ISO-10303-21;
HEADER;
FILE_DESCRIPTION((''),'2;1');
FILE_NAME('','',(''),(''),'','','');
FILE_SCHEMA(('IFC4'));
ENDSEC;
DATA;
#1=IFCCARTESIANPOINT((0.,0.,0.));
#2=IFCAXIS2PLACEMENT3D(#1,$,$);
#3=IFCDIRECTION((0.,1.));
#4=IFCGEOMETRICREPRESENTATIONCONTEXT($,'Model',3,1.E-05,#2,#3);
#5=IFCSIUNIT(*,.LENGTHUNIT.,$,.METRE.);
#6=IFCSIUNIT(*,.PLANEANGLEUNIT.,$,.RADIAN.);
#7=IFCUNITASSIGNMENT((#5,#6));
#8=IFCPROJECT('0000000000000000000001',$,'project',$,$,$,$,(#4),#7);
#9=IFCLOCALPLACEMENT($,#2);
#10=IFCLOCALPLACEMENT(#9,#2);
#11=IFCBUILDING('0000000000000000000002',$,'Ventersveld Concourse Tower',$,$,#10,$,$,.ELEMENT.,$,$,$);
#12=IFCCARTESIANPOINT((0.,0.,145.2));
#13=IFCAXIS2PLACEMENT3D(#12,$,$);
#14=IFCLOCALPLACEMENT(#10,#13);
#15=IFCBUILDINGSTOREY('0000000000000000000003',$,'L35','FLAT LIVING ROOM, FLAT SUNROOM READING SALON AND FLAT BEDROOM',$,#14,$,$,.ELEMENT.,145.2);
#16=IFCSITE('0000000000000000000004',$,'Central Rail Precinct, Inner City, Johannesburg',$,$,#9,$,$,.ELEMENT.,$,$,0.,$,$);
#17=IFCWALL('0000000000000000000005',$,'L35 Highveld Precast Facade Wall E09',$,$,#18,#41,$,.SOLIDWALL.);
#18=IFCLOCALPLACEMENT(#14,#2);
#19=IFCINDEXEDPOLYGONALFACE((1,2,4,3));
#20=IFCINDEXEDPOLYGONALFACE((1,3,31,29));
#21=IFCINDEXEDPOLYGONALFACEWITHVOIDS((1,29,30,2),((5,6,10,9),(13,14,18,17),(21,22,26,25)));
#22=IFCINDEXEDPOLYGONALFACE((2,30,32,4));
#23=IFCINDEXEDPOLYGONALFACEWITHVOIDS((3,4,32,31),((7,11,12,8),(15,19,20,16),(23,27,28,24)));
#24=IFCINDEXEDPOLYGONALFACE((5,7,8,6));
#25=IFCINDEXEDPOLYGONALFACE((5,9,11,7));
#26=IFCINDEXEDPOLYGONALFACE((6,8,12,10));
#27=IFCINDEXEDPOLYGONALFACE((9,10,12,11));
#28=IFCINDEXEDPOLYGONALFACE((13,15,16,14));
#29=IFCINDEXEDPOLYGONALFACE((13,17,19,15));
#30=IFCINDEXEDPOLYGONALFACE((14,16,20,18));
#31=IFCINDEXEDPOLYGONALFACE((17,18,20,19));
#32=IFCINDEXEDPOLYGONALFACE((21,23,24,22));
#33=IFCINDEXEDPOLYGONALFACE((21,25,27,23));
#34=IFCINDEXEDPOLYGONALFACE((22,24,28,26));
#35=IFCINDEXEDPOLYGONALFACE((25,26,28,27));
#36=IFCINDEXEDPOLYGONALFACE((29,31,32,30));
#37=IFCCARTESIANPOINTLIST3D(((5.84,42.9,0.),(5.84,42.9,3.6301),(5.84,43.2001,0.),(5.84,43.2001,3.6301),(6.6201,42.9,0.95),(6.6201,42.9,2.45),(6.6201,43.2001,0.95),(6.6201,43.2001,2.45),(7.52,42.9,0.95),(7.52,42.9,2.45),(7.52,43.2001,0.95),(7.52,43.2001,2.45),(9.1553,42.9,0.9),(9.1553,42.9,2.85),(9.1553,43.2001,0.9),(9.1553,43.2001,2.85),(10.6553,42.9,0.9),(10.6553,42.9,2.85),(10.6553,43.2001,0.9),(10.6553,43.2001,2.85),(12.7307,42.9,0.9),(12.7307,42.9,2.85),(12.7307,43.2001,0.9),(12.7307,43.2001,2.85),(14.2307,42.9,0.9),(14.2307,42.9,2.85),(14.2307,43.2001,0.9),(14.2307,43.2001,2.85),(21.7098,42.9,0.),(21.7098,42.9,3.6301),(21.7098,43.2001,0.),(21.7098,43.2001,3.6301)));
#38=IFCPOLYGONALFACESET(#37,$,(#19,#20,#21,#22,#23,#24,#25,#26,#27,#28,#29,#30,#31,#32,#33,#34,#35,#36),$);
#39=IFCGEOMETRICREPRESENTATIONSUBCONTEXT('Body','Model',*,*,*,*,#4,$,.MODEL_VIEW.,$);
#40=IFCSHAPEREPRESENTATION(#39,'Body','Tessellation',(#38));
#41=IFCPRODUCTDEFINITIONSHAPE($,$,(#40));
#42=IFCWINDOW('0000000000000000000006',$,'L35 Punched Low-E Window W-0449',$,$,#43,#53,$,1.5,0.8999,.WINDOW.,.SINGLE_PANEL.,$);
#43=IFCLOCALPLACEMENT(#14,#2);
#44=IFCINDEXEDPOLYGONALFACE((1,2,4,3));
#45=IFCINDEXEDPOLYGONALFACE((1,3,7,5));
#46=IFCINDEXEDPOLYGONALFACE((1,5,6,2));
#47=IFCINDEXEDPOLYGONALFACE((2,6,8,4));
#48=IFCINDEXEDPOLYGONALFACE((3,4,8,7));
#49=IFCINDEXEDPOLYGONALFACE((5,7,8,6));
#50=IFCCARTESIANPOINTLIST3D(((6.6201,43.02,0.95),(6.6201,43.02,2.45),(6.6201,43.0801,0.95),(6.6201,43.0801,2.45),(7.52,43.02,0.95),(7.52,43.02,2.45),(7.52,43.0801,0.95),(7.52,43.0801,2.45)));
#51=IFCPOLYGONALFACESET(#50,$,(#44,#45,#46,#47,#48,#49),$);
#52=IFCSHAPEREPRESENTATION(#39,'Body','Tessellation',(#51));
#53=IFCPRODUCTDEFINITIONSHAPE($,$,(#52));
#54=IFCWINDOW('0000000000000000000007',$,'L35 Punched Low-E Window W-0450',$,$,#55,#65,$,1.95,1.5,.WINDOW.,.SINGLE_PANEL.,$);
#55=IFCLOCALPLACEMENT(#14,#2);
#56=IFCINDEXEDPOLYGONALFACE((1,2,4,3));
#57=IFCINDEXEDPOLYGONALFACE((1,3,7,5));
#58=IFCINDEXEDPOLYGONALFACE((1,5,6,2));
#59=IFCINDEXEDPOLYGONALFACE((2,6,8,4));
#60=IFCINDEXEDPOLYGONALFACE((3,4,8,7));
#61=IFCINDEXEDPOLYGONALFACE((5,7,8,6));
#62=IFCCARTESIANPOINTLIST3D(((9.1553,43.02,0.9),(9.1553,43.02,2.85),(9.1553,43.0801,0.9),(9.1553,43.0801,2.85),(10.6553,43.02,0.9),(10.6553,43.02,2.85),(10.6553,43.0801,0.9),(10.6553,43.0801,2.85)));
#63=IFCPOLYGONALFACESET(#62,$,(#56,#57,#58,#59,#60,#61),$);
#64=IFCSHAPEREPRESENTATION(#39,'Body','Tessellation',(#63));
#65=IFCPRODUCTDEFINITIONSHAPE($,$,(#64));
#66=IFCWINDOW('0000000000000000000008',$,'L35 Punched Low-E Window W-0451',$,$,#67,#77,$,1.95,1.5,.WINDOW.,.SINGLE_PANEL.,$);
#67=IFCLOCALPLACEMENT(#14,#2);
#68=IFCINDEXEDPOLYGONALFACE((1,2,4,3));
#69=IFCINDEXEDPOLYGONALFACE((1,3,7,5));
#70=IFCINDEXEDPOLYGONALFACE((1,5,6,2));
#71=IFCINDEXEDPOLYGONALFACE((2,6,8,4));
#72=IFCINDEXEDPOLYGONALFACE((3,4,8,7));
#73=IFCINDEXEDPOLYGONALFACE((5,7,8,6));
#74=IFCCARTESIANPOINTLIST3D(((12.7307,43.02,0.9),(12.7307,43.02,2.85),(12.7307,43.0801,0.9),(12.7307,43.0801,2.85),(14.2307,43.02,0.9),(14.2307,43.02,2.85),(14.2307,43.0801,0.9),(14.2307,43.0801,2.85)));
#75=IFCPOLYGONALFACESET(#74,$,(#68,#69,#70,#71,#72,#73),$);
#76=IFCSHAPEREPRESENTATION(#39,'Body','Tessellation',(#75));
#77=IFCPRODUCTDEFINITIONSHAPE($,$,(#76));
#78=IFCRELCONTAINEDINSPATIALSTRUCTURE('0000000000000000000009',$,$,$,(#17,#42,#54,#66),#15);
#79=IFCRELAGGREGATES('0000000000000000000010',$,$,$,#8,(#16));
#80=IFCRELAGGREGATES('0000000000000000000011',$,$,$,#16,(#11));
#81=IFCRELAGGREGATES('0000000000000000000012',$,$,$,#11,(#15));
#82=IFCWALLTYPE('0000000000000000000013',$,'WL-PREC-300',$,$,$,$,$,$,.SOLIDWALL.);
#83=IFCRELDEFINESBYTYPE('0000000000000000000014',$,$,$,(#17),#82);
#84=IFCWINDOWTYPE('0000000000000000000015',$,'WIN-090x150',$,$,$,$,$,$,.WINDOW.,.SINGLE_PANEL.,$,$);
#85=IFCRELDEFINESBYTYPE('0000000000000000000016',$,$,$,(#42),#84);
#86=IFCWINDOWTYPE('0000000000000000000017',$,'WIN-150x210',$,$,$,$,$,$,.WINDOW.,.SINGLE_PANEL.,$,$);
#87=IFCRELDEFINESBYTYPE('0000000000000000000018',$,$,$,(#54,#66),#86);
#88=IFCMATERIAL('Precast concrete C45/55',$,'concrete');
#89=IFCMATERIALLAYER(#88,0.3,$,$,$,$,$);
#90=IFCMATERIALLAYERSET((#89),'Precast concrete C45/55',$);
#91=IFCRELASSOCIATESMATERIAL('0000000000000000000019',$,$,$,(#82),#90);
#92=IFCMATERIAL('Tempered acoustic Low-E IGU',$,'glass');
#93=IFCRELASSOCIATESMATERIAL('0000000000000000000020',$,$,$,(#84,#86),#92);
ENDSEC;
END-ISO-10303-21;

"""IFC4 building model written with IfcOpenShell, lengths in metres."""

from ifc_helpers import new_model, si_unit, direction, frame, frame_2d, origin, place, context, subcontext, project, spatial, rectangle, extrude, material, layer, layer_set, type_object, element, fill, save


model = new_model("IFC4")

# Units and contexts
model_context = context("Model", 3, precision=1e-05, world=origin(), true_north=direction((0.0, 1.0)))
body_context = subcontext(model_context, "Body", "Model", "MODEL_VIEW")
ifc_project = project(units=[si_unit("LENGTHUNIT", "METRE"), si_unit("PLANEANGLEUNIT", "RADIAN")], contexts=[model_context])

# Site, building, storey
site_placement = place(None, origin())
site = spatial("IfcSite", under=ifc_project, at=site_placement, Name="Central Rail Precinct, Inner City, Johannesburg", CompositionType="ELEMENT", RefElevation=0.0)
building_placement = place(site_placement, origin())
building = spatial("IfcBuilding", under=site, at=building_placement, Name="Ventersveld Concourse Tower", CompositionType="ELEMENT")
storey_placement = place(building_placement, frame((0.0, 0.0, 145.2)))
storey = spatial("IfcBuildingStorey", under=building, at=storey_placement, Name="L35", Description="FLAT LIVING ROOM, FLAT SUNROOM READING SALON AND FLAT BEDROOM", CompositionType="ELEMENT", Elevation=145.2)

# Shared definitions
ifc_material_1 = material(Name="Precast concrete C45/55", Category="concrete")
ifc_layer_1 = layer(ifc_material_1, 0.3)
ifc_layer_set_1 = layer_set([ifc_layer_1], Name="Precast concrete C45/55")
wall_type_1 = type_object("IfcWallType", Name="WL-PREC-300", PredefinedType="SOLIDWALL", material=ifc_layer_set_1)

# Wall, openings, windows
wall_1_placement = place(storey_placement, frame((21.71, 43.05, 0.0), z_axis=(0.0, 0.0, 1.0), x_axis=(-1.0, 0.0, 0.0)))
wall_1 = element("IfcWall", 1, at=wall_1_placement, inside=storey, type_object=wall_type_1, Name="L35 Highveld Precast Facade Wall E09", PredefinedType="SOLIDWALL", context=body_context, shape_type="SweptSolid", body=[
    extrude(rectangle(XDim=15.8699, YDim=0.3, at=frame_2d((7.9351, 0.0))), origin(), (0.0, 0.0, 1.0), 3.6301),
])
opening_1_placement = place(wall_1_placement, frame((14.1899, 0.0, 0.95)))
opening_1 = element("IfcOpeningElement", 2, at=opening_1_placement, cuts=wall_1, PredefinedType="OPENING", context=body_context, shape_type="SweptSolid", body=[
    extrude(rectangle(XDim=0.8999, YDim=1.5, at=frame_2d((0.45, 0.75))), frame((0.0, 0.1602, 0.0), z_axis=(0.0, -1.0, 0.0), x_axis=(1.0, 0.0, 0.0)), (0.0, 0.0, 1.0), 0.3201),
])
opening_2_placement = place(wall_1_placement, frame((11.0547, 0.0, 0.8999)))
opening_2 = element("IfcOpeningElement", 3, at=opening_2_placement, cuts=wall_1, PredefinedType="OPENING", context=body_context, shape_type="SweptSolid", body=[
    extrude(rectangle(XDim=1.5, YDim=1.95, at=frame_2d((0.75, 0.9751))), frame((0.0, 0.1602, 0.0), z_axis=(0.0, -1.0, 0.0), x_axis=(1.0, 0.0, 0.0)), (0.0, 0.0, 1.0), 0.3201),
])
opening_3_placement = place(wall_1_placement, frame((7.4792, 0.0, 0.8999)))
opening_3 = element("IfcOpeningElement", 4, at=opening_3_placement, cuts=wall_1, PredefinedType="OPENING", context=body_context, shape_type="SweptSolid", body=[
    extrude(rectangle(XDim=1.5, YDim=1.95, at=frame_2d((0.75, 0.9751))), frame((0.0, 0.1602, 0.0), z_axis=(0.0, -1.0, 0.0), x_axis=(1.0, 0.0, 0.0)), (0.0, 0.0, 1.0), 0.3201),
])
ifc_material_2 = material(Name="Tempered acoustic Low-E IGU", Category="glass")
window_type_1 = type_object("IfcWindowType", Name="WIN-090x150", PartitioningType="SINGLE_PANEL", PredefinedType="WINDOW", material=ifc_material_2)
window_1_placement = place(opening_1_placement, origin())
window_1 = element("IfcWindow", 5, at=window_1_placement, inside=storey, type_object=window_type_1, Name="L35 Punched Low-E Window W-0449", OverallHeight=1.5, OverallWidth=0.8999, PartitioningType="SINGLE_PANEL", PredefinedType="WINDOW", context=body_context, shape_type="SweptSolid", body=[
    extrude(rectangle(XDim=0.8999, YDim=1.5, at=frame_2d((0.45, 0.75))), frame((0.0, 0.03, 0.0), z_axis=(0.0, -1.0, 0.0), x_axis=(1.0, 0.0, 0.0)), (0.0, 0.0, 1.0), 0.0601),
])
fill(opening_1, window_1)
window_type_2 = type_object("IfcWindowType", Name="WIN-150x210", PartitioningType="SINGLE_PANEL", PredefinedType="WINDOW", material=ifc_material_2)
window_2_placement = place(opening_2_placement, origin())
window_2 = element("IfcWindow", 6, at=window_2_placement, inside=storey, type_object=window_type_2, Name="L35 Punched Low-E Window W-0450", OverallHeight=1.95, OverallWidth=1.5, PartitioningType="SINGLE_PANEL", PredefinedType="WINDOW", context=body_context, shape_type="SweptSolid", body=[
    extrude(rectangle(XDim=1.5, YDim=1.95, at=frame_2d((0.75, 0.9751))), frame((0.0, 0.03, 0.0), z_axis=(0.0, -1.0, 0.0), x_axis=(1.0, 0.0, 0.0)), (0.0, 0.0, 1.0), 0.0601),
])
fill(opening_2, window_2)
window_3_placement = place(opening_3_placement, origin())
window_3 = element("IfcWindow", 7, at=window_3_placement, inside=storey, type_object=window_type_2, Name="L35 Punched Low-E Window W-0451", OverallHeight=1.95, OverallWidth=1.5, PartitioningType="SINGLE_PANEL", PredefinedType="WINDOW", context=body_context, shape_type="SweptSolid", body=[
    extrude(rectangle(XDim=1.5, YDim=1.95, at=frame_2d((0.75, 0.9751))), frame((0.0, 0.03, 0.0), z_axis=(0.0, -1.0, 0.0), x_axis=(1.0, 0.0, 0.0)), (0.0, 0.0, 1.0), 0.0601),
])
fill(opening_3, window_3)

save(model, "model.ifc")
